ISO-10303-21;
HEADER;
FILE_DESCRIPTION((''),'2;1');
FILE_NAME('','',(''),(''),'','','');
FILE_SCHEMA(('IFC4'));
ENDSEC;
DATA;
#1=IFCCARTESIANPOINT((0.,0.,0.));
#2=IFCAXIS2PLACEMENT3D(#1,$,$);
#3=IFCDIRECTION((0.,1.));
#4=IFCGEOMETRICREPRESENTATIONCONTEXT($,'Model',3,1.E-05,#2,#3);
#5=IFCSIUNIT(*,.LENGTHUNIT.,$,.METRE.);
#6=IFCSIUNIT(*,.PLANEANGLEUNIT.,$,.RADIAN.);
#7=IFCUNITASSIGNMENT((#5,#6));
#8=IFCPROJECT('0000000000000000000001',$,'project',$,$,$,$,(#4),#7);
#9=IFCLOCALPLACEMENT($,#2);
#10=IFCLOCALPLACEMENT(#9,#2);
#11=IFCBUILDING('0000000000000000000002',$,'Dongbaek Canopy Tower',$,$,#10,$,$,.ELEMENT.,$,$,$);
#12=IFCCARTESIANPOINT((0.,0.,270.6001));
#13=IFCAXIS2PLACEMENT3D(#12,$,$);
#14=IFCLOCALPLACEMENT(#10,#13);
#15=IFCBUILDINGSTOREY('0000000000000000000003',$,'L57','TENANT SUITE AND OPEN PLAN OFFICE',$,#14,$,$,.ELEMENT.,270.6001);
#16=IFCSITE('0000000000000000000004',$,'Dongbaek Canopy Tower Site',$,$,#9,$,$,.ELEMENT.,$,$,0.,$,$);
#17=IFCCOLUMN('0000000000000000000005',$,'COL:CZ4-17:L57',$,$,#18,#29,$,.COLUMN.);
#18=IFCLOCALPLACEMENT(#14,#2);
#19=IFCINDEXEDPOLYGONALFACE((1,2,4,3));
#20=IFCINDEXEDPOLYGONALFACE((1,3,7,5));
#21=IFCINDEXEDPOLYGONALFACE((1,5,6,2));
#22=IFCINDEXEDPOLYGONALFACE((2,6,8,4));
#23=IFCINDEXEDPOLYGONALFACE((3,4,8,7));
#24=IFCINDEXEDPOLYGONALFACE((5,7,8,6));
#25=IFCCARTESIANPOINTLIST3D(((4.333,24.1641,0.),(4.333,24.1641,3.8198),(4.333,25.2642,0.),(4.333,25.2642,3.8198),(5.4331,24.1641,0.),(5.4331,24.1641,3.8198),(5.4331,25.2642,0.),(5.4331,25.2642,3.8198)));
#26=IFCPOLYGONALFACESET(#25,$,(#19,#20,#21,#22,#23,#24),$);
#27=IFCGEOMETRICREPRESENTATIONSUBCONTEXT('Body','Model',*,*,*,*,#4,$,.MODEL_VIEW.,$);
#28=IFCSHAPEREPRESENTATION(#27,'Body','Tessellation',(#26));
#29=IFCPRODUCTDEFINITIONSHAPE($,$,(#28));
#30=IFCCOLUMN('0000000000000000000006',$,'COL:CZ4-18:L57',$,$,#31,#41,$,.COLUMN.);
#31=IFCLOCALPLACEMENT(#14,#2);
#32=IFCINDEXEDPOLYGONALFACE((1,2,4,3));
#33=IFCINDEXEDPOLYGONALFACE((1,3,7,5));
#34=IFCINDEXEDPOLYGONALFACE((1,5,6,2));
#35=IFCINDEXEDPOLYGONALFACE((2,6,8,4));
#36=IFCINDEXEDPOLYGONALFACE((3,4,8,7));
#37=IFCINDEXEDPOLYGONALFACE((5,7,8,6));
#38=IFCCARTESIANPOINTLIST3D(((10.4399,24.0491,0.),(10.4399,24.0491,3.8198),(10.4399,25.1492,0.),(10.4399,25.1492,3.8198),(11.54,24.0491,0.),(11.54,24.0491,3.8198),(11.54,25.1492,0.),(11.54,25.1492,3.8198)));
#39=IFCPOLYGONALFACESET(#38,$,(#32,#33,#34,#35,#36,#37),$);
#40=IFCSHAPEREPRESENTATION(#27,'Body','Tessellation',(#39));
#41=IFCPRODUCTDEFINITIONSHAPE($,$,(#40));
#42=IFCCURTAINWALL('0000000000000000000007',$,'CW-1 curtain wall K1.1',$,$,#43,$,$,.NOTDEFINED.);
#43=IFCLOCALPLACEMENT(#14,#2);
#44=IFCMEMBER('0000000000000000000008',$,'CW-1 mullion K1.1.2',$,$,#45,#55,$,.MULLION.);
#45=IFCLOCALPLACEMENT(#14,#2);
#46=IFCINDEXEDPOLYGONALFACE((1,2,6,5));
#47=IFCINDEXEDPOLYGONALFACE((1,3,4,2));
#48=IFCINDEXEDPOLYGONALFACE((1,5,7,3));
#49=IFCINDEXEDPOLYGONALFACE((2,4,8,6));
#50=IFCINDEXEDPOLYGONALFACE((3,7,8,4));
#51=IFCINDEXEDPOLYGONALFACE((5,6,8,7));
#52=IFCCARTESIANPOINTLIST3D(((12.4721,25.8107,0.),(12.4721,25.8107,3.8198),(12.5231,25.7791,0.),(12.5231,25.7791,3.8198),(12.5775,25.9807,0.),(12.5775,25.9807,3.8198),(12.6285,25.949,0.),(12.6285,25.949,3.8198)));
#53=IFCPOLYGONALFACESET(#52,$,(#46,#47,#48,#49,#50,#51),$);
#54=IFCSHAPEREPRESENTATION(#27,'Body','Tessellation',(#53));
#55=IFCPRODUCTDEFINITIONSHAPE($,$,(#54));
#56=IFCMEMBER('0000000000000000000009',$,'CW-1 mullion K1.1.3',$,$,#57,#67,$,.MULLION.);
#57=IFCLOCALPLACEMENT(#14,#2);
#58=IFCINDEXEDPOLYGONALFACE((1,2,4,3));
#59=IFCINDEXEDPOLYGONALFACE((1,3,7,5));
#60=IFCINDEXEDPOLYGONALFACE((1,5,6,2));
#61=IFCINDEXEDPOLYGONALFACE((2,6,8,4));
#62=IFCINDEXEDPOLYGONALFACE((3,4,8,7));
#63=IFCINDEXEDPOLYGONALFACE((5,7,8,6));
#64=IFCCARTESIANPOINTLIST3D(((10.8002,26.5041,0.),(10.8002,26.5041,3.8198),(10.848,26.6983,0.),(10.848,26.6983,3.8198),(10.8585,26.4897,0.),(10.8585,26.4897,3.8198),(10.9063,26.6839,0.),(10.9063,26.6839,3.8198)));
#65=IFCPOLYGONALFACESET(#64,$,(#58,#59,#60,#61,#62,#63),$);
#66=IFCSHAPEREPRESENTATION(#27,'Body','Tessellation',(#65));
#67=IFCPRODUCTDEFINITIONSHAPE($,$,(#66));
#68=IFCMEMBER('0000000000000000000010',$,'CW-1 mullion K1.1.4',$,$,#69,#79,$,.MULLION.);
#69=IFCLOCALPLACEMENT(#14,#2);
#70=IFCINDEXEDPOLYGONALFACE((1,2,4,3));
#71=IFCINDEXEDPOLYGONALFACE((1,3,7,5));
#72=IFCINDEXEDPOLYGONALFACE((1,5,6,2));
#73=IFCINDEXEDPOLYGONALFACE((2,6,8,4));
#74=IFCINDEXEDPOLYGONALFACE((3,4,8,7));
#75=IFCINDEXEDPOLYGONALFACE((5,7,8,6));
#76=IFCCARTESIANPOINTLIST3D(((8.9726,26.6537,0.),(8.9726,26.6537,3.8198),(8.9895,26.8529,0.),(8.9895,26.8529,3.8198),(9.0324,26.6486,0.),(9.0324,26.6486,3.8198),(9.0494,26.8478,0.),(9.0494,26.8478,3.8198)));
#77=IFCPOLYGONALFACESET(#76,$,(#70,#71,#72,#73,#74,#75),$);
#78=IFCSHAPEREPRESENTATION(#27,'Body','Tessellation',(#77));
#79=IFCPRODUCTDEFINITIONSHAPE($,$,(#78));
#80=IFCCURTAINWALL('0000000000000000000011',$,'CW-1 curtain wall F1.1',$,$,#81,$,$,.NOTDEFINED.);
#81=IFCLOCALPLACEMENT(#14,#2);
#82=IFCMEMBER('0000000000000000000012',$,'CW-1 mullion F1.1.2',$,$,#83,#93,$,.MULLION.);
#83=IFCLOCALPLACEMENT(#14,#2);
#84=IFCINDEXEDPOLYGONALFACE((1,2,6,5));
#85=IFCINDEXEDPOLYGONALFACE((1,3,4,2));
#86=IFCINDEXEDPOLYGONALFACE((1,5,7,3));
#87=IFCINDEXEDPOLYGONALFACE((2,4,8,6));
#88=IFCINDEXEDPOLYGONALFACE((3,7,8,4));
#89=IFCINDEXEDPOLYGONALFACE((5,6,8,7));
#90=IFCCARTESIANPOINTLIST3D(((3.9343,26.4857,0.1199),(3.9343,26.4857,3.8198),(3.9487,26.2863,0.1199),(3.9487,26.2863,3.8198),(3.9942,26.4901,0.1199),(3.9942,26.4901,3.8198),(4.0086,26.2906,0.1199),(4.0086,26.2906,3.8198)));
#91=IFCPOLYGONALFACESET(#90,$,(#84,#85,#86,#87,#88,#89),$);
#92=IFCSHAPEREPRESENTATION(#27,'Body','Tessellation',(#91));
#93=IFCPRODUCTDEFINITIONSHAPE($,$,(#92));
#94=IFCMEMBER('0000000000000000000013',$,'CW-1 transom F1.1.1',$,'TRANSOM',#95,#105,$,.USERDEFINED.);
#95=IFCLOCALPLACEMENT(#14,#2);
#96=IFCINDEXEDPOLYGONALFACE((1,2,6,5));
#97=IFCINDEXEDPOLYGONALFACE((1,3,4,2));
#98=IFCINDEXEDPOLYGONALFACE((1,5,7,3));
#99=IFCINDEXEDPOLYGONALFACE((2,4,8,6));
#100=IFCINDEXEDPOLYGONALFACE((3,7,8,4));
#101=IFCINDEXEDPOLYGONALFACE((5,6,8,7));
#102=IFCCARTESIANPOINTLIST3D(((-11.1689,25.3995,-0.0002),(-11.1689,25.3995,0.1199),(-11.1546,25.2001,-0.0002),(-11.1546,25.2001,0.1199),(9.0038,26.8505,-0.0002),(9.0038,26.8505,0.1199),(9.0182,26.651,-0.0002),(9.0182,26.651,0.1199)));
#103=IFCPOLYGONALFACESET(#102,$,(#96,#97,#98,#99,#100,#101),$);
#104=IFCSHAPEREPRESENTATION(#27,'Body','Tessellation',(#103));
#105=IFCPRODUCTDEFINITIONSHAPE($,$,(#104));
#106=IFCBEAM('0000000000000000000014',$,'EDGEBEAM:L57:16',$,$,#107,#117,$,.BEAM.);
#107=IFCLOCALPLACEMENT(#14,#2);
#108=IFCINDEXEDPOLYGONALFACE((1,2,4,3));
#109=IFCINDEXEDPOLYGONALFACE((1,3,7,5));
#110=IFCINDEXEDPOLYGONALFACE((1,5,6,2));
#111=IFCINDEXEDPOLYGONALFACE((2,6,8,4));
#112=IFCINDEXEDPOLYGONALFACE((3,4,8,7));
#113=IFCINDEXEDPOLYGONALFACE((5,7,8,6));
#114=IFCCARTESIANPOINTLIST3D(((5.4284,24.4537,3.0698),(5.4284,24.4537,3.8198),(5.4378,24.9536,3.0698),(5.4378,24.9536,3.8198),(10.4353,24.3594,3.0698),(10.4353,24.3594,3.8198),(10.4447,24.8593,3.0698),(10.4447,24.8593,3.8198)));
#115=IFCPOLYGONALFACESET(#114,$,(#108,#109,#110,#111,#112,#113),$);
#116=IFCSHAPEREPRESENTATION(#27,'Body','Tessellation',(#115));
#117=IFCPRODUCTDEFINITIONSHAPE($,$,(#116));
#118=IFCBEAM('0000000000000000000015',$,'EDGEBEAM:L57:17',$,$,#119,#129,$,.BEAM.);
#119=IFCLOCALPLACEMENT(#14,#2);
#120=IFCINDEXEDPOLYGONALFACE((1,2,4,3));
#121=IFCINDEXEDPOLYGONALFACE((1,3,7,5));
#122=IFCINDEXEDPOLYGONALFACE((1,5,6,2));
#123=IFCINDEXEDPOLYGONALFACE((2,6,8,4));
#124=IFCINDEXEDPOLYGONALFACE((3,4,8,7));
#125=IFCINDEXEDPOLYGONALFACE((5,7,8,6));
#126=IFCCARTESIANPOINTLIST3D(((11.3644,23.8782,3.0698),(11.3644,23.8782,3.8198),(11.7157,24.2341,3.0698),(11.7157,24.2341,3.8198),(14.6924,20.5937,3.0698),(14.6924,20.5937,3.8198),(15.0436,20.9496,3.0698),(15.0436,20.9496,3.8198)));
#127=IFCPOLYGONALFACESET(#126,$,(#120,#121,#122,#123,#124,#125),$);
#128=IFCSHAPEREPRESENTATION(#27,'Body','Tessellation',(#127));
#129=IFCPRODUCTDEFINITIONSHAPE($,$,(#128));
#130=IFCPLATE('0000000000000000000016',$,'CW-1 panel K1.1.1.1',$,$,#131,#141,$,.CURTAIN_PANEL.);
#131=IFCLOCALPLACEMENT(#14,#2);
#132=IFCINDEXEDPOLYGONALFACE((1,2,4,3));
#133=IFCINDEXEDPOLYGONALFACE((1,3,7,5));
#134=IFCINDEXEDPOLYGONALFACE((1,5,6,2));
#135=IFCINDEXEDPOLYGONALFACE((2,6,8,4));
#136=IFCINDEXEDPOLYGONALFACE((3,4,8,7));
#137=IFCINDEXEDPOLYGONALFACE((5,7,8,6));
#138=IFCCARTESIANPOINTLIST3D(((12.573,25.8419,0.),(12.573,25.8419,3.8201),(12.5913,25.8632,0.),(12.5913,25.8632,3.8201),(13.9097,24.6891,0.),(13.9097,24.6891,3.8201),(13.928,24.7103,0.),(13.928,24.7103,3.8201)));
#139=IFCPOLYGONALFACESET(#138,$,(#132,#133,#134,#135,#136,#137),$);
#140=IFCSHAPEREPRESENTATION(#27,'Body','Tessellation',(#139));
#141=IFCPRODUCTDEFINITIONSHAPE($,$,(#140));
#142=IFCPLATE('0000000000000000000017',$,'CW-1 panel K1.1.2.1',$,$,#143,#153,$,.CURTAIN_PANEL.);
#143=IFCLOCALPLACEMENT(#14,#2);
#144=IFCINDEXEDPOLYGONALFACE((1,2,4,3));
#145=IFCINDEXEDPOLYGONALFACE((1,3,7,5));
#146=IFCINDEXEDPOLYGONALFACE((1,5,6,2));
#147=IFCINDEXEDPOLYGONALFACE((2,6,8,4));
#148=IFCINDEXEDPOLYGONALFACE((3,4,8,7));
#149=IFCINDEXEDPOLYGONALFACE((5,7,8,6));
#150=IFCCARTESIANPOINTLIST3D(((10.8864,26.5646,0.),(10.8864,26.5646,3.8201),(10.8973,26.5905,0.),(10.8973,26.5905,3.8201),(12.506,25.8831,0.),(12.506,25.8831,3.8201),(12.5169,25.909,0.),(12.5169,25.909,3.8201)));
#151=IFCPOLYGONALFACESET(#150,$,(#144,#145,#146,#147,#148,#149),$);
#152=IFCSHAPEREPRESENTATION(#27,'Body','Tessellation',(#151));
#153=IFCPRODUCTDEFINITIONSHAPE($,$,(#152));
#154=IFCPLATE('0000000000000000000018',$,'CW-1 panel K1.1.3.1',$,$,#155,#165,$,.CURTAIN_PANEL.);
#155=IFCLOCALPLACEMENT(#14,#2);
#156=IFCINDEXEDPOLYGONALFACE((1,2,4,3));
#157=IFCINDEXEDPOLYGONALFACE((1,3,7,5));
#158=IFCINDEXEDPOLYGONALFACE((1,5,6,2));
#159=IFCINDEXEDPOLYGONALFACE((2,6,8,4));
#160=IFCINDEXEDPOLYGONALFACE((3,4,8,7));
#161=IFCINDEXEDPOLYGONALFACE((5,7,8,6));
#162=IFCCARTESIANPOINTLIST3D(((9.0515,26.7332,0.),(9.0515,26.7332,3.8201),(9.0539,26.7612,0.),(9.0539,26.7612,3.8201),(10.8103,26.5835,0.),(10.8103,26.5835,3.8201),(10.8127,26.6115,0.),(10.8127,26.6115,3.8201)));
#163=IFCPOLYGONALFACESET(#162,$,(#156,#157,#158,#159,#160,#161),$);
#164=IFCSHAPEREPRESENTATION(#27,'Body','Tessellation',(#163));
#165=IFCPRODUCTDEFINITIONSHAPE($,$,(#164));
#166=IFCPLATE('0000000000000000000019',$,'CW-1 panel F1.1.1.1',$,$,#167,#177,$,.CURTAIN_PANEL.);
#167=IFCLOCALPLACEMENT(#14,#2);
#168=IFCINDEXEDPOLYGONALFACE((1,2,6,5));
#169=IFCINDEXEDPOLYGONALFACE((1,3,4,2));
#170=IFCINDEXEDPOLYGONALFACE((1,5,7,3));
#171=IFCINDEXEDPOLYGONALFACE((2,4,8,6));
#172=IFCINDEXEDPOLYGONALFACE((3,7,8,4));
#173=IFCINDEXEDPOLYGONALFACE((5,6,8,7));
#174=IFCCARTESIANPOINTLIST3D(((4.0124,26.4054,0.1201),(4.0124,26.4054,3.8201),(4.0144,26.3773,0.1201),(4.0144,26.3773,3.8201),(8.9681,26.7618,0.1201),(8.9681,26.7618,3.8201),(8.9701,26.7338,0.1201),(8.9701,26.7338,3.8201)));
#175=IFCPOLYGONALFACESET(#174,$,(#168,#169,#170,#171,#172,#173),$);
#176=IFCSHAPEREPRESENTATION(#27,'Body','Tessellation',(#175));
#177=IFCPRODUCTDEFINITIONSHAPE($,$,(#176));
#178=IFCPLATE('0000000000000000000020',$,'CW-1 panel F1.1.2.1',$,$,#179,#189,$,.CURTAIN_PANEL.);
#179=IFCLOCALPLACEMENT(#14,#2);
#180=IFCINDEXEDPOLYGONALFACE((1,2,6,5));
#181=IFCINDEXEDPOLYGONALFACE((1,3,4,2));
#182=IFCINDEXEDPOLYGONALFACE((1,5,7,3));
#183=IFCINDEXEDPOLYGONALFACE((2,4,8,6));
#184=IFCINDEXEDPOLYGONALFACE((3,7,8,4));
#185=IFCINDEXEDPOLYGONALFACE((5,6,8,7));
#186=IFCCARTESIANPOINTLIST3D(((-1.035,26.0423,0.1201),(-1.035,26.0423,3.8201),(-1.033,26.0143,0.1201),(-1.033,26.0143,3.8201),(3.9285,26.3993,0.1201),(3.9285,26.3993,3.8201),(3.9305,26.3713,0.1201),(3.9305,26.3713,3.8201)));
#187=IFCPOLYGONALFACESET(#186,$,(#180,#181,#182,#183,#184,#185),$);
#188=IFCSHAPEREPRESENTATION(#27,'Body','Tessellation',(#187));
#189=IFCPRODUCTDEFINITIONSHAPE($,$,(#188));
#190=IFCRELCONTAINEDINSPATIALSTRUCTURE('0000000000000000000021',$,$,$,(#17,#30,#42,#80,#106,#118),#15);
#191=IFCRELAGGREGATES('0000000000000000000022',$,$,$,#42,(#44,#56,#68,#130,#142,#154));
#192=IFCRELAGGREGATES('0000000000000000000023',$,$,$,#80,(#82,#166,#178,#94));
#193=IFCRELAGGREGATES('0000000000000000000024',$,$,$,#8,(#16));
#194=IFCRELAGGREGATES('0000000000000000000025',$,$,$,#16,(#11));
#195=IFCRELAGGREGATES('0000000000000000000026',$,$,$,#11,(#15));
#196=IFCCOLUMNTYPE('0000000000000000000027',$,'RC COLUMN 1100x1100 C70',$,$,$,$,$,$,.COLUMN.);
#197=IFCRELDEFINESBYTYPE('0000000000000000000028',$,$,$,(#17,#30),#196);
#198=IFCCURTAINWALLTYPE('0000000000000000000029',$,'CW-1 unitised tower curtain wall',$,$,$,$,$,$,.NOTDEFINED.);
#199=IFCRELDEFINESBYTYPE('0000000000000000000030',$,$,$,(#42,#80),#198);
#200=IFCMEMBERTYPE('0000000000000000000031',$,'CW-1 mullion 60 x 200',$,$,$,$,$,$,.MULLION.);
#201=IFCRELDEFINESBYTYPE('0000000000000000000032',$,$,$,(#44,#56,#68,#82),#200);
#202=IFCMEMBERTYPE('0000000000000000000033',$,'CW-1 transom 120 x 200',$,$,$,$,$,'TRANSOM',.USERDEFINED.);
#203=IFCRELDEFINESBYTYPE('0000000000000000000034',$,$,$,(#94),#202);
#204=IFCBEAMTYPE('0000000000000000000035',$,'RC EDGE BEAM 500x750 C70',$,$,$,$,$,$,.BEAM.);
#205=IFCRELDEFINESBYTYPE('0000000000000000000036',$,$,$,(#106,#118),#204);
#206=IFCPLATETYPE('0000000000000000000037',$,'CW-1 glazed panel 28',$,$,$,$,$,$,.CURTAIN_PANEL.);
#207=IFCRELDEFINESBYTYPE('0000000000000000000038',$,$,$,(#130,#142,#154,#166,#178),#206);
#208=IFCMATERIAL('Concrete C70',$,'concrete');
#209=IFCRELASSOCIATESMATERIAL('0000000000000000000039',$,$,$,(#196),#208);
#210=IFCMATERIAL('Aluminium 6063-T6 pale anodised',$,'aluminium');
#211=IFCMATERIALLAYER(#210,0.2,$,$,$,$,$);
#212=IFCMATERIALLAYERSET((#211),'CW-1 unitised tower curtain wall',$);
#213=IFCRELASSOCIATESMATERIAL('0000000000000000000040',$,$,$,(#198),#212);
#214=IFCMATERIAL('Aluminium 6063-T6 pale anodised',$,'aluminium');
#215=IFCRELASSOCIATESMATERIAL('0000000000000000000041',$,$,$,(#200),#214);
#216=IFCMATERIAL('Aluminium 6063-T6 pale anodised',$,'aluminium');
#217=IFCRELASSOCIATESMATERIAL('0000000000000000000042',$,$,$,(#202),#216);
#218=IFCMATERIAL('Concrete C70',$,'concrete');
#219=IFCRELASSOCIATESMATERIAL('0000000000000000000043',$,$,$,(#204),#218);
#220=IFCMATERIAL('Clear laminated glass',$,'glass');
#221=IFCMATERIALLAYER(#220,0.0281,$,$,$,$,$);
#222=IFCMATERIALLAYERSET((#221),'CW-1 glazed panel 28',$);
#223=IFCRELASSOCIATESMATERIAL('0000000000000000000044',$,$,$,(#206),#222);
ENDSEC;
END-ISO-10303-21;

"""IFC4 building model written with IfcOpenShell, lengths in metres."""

from ifc_helpers import new_model, si_unit, direction, frame, origin, origin_2d, place, context, subcontext, project, spatial, rectangle, extrude, material, layer, layer_set, material_profile, profile_set, type_object, element, aggregate, save


model = new_model("IFC4")

# Units and contexts
model_context = context("Model", 3, precision=1e-05, world=origin(), true_north=direction((0.0, 1.0)))
body_context = subcontext(model_context, "Body", "Model", "MODEL_VIEW")
ifc_project = project(units=[si_unit("LENGTHUNIT", "METRE"), si_unit("PLANEANGLEUNIT", "RADIAN")], contexts=[model_context])

# Site, building, storey
site_placement = place(None, origin())
site = spatial("IfcSite", under=ifc_project, at=site_placement, Name="Dongbaek Canopy Tower Site", CompositionType="ELEMENT", RefElevation=0.0)
building_placement = place(site_placement, origin())
building = spatial("IfcBuilding", under=site, at=building_placement, Name="Dongbaek Canopy Tower", CompositionType="ELEMENT")
storey_placement = place(building_placement, frame((0.0, 0.0, 270.6001)))
storey = spatial("IfcBuildingStorey", under=building, at=storey_placement, Name="L57", Description="TENANT SUITE AND OPEN PLAN OFFICE", CompositionType="ELEMENT", Elevation=270.6001)

# Columns
ifc_material_1 = material(Name="Concrete C70", Category="concrete")
ifc_material_profile_1 = material_profile(ifc_material_1, rectangle(XDim=1.1001, YDim=1.1001, at=origin_2d()), Name="RC COLUMN 1100x1100 C70")
ifc_profile_set_1 = profile_set([ifc_material_profile_1], Name="Concrete C70")
column_type = type_object("IfcColumnType", Name="RC COLUMN 1100x1100 C70", PredefinedType="COLUMN", material=ifc_profile_set_1)
for number, where, z_axis, x_axis, name in (
    (1, (4.8831, 24.7141, 0.0), (0.0, 0.0, 1.0), (1.0, 0.0, 0.0), "COL:CZ4-17:L57"),
    (2, (10.99, 24.5991, 0.0), (0.0, 0.0, 1.0), (1.0, 0.0, 0.0), "COL:CZ4-18:L57"),
):
    element("IfcColumn", number, at=place(storey_placement, frame(where, z_axis=z_axis, x_axis=x_axis)), inside=storey, type_object=column_type, Name=name, PredefinedType="COLUMN", context=body_context, shape_type="SweptSolid", body=[
        extrude(rectangle(XDim=1.1001, YDim=1.1001, at=origin_2d()), origin(), (0.0, 0.0, 1.0), 3.8198),
    ])

# Curtain walls, members
ifc_material_2 = material(Name="Aluminium 6063-T6 pale anodised", Category="aluminium")
ifc_layer_1 = layer(ifc_material_2, 0.2)
ifc_layer_set_1 = layer_set([ifc_layer_1], Name="CW-1 unitised tower curtain wall")
curtain_wall_type = type_object("IfcCurtainWallType", Name="CW-1 unitised tower curtain wall", PredefinedType="NOTDEFINED", material=ifc_layer_set_1)
curtain_wall_1_placement = place(storey_placement, origin())
curtain_wall_1 = element("IfcCurtainWall", 3, at=curtain_wall_1_placement, inside=storey, type_object=curtain_wall_type, Name="CW-1 curtain wall K1.1", PredefinedType="NOTDEFINED")
ifc_material_3 = material(Name="Aluminium 6063-T6 pale anodised", Category="aluminium")
ifc_material_profile_2 = material_profile(ifc_material_3, rectangle(XDim=0.2, YDim=0.0601, at=origin_2d()), Name="CW-1 mullion 60 x 200")
ifc_profile_set_2 = profile_set([ifc_material_profile_2], Name="Aluminium 6063-T6 pale anodised")
member_type_1 = type_object("IfcMemberType", Name="CW-1 mullion 60 x 200", PredefinedType="MULLION", material=ifc_profile_set_2)
member_1_placement = place(storey_placement, frame((12.5503, 25.8799, 0.0), z_axis=(0.0, 0.0, 1.0), x_axis=(0.526937, 0.849904, 0.0)))
member_1 = element("IfcMember", 4, at=member_1_placement, type_object=member_type_1, Name="CW-1 mullion K1.1.2", PredefinedType="MULLION", context=body_context, shape_type="SweptSolid", body=[
    extrude(rectangle(XDim=0.2, YDim=0.0601, at=origin_2d()), origin(), (0.0, 0.0, 1.0), 3.8198),
])
member_2_placement = place(storey_placement, frame((10.8533, 26.594, 0.0), z_axis=(0.0, 0.0, 1.0), x_axis=(0.23925, 0.970958, 0.0)))
member_2 = element("IfcMember", 5, at=member_2_placement, type_object=member_type_1, Name="CW-1 mullion K1.1.3", PredefinedType="MULLION", context=body_context, shape_type="SweptSolid", body=[
    extrude(rectangle(XDim=0.2, YDim=0.0601, at=origin_2d()), origin(), (0.0, 0.0, 1.0), 3.8198),
])
member_3_placement = place(storey_placement, frame((9.011, 26.7507, 0.0), z_axis=(0.0, 0.0, 1.0), x_axis=(0.084792, 0.996399, 0.0)))
member_3 = element("IfcMember", 6, at=member_3_placement, type_object=member_type_1, Name="CW-1 mullion K1.1.4", PredefinedType="MULLION", context=body_context, shape_type="SweptSolid", body=[
    extrude(rectangle(XDim=0.2, YDim=0.0601, at=origin_2d()), origin(), (0.0, 0.0, 1.0), 3.8198),
])
curtain_wall_2_placement = place(storey_placement, origin())
curtain_wall_2 = element("IfcCurtainWall", 7, at=curtain_wall_2_placement, inside=storey, type_object=curtain_wall_type, Name="CW-1 curtain wall F1.1", PredefinedType="NOTDEFINED")
member_4_placement = place(storey_placement, frame((3.9714, 26.3882, 0.1199), z_axis=(0.0, 0.0, 1.0), x_axis=(-0.071744, 0.997423, 0.0)))
member_4 = element("IfcMember", 8, at=member_4_placement, type_object=member_type_1, Name="CW-1 mullion F1.1.2", PredefinedType="MULLION", context=body_context, shape_type="SweptSolid", body=[
    extrude(rectangle(XDim=0.2, YDim=0.0601, at=origin_2d()), origin(), (0.0, 0.0, 1.0), 3.7),
])
ifc_material_4 = material(Name="Aluminium 6063-T6 pale anodised", Category="aluminium")
ifc_material_profile_3 = material_profile(ifc_material_4, rectangle(XDim=0.2, YDim=0.1201, at=origin_2d()), Name="CW-1 transom 120 x 200")
ifc_profile_set_3 = profile_set([ifc_material_profile_3], Name="Aluminium 6063-T6 pale anodised")
member_type_2 = type_object("IfcMemberType", Name="CW-1 transom 120 x 200", ElementType="TRANSOM", PredefinedType="USERDEFINED", material=ifc_profile_set_3)
member_5_placement = place(storey_placement, frame((9.011, 26.7507, 0.0598), z_axis=(-0.997423, -0.071739, 0.0), x_axis=(0.071739, -0.997423, 0.0)))
member_5 = element("IfcMember", 9, at=member_5_placement, type_object=member_type_2, Name="CW-1 transom F1.1.1", ObjectType="TRANSOM", PredefinedType="USERDEFINED", context=body_context, shape_type="SweptSolid", body=[
    extrude(rectangle(XDim=0.2, YDim=0.1201, at=origin_2d()), origin(), (0.0, 0.0, 1.0), 20.2249),
])

# Beams
ifc_material_5 = material(Name="Concrete C70", Category="concrete")
ifc_material_profile_4 = material_profile(ifc_material_5, rectangle(XDim=0.5, YDim=0.75, at=origin_2d()), Name="RC EDGE BEAM 500x750 C70")
ifc_profile_set_4 = profile_set([ifc_material_profile_4], Name="Concrete C70")
beam_type = type_object("IfcBeamType", Name="RC EDGE BEAM 500x750 C70", PredefinedType="BEAM", material=ifc_profile_set_4)
beam_1_placement = place(storey_placement, frame((5.4331, 24.7036, 3.4448), z_axis=(0.999823, -0.018819, 0.0), x_axis=(0.018819, 0.999823, 0.0)))
element("IfcBeam", 10, at=beam_1_placement, inside=storey, type_object=beam_type, Name="EDGEBEAM:L57:16", PredefinedType="BEAM", context=body_context, shape_type="SweptSolid", body=[
    extrude(rectangle(XDim=0.5, YDim=0.75, at=origin_2d()), origin(), (0.0, 0.0, 1.0), 5.0078),
])
beam_2_placement = place(storey_placement, frame((11.54, 24.0562, 3.4448), z_axis=(0.711739, -0.702444, 0.0), x_axis=(0.702444, 0.711739, 0.0)))
element("IfcBeam", 11, at=beam_2_placement, inside=storey, type_object=beam_type, Name="EDGEBEAM:L57:17", PredefinedType="BEAM", context=body_context, shape_type="SweptSolid", body=[
    extrude(rectangle(XDim=0.5, YDim=0.75, at=origin_2d()), origin(), (0.0, 0.0, 1.0), 4.6758),
])

# Plates
ifc_material_6 = material(Name="Clear laminated glass", Category="glass")
ifc_layer_2 = layer(ifc_material_6, 0.0281)
ifc_layer_set_2 = layer_set([ifc_layer_2], Name="CW-1 glazed panel 28")
plate_type = type_object("IfcPlateType", Name="CW-1 glazed panel 28", PredefinedType="CURTAIN_PANEL", material=ifc_layer_set_2)
plate_1_placement = place(storey_placement, frame((13.2505, 25.2761, 0.0), z_axis=(0.0, 0.0, 1.0), x_axis=(-0.757258, 0.653116, 0.0)))
plate_1 = element("IfcPlate", 12, at=plate_1_placement, type_object=plate_type, Name="CW-1 panel K1.1.1.1", PredefinedType="CURTAIN_PANEL", context=body_context, shape_type="SweptSolid", body=[
    extrude(rectangle(XDim=1.7651, YDim=0.0281, at=origin_2d()), origin(), (0.0, 0.0, 1.0), 3.8201),
])
plate_2_placement = place(storey_placement, frame((11.7017, 26.2368, 0.0), z_axis=(0.0, 0.0, 1.0), x_axis=(-0.921724, 0.387845, 0.0)))
plate_2 = element("IfcPlate", 13, at=plate_2_placement, type_object=plate_type, Name="CW-1 panel K1.1.2.1", PredefinedType="CURTAIN_PANEL", context=body_context, shape_type="SweptSolid", body=[
    extrude(rectangle(XDim=1.7571, YDim=0.0281, at=origin_2d()), origin(), (0.0, 0.0, 1.0), 3.8201),
])
plate_3_placement = place(storey_placement, frame((9.9321, 26.6724, 0.0), z_axis=(0.0, 0.0, 1.0), x_axis=(-0.996399, 0.084792, 0.0)))
plate_3 = element("IfcPlate", 14, at=plate_3_placement, type_object=plate_type, Name="CW-1 panel K1.1.3.1", PredefinedType="CURTAIN_PANEL", context=body_context, shape_type="SweptSolid", body=[
    extrude(rectangle(XDim=1.7651, YDim=0.0281, at=origin_2d()), origin(), (0.0, 0.0, 1.0), 3.8201),
])
aggregate(curtain_wall_1, [member_1, member_2, member_3, plate_1, plate_2, plate_3])
plate_4_placement = place(storey_placement, frame((6.4912, 26.5696, 0.1201), z_axis=(0.0, 0.0, 1.0), x_axis=(-0.997423, -0.071744, 0.0)))
plate_4 = element("IfcPlate", 15, at=plate_4_placement, type_object=plate_type, Name="CW-1 panel F1.1.1.1", PredefinedType="CURTAIN_PANEL", context=body_context, shape_type="SweptSolid", body=[
    extrude(rectangle(XDim=4.9685, YDim=0.0281, at=origin_2d()), origin(), (0.0, 0.0, 1.0), 3.7),
])
plate_5_placement = place(storey_placement, frame((1.4478, 26.2068, 0.1201), z_axis=(0.0, 0.0, 1.0), x_axis=(-0.997423, -0.071744, 0.0)))
plate_5 = element("IfcPlate", 16, at=plate_5_placement, type_object=plate_type, Name="CW-1 panel F1.1.2.1", PredefinedType="CURTAIN_PANEL", context=body_context, shape_type="SweptSolid", body=[
    extrude(rectangle(XDim=4.9763, YDim=0.0281, at=origin_2d()), origin(), (0.0, 0.0, 1.0), 3.7),
])

aggregate(curtain_wall_2, [member_4, plate_4, plate_5, member_5])

save(model, "model.ifc")
